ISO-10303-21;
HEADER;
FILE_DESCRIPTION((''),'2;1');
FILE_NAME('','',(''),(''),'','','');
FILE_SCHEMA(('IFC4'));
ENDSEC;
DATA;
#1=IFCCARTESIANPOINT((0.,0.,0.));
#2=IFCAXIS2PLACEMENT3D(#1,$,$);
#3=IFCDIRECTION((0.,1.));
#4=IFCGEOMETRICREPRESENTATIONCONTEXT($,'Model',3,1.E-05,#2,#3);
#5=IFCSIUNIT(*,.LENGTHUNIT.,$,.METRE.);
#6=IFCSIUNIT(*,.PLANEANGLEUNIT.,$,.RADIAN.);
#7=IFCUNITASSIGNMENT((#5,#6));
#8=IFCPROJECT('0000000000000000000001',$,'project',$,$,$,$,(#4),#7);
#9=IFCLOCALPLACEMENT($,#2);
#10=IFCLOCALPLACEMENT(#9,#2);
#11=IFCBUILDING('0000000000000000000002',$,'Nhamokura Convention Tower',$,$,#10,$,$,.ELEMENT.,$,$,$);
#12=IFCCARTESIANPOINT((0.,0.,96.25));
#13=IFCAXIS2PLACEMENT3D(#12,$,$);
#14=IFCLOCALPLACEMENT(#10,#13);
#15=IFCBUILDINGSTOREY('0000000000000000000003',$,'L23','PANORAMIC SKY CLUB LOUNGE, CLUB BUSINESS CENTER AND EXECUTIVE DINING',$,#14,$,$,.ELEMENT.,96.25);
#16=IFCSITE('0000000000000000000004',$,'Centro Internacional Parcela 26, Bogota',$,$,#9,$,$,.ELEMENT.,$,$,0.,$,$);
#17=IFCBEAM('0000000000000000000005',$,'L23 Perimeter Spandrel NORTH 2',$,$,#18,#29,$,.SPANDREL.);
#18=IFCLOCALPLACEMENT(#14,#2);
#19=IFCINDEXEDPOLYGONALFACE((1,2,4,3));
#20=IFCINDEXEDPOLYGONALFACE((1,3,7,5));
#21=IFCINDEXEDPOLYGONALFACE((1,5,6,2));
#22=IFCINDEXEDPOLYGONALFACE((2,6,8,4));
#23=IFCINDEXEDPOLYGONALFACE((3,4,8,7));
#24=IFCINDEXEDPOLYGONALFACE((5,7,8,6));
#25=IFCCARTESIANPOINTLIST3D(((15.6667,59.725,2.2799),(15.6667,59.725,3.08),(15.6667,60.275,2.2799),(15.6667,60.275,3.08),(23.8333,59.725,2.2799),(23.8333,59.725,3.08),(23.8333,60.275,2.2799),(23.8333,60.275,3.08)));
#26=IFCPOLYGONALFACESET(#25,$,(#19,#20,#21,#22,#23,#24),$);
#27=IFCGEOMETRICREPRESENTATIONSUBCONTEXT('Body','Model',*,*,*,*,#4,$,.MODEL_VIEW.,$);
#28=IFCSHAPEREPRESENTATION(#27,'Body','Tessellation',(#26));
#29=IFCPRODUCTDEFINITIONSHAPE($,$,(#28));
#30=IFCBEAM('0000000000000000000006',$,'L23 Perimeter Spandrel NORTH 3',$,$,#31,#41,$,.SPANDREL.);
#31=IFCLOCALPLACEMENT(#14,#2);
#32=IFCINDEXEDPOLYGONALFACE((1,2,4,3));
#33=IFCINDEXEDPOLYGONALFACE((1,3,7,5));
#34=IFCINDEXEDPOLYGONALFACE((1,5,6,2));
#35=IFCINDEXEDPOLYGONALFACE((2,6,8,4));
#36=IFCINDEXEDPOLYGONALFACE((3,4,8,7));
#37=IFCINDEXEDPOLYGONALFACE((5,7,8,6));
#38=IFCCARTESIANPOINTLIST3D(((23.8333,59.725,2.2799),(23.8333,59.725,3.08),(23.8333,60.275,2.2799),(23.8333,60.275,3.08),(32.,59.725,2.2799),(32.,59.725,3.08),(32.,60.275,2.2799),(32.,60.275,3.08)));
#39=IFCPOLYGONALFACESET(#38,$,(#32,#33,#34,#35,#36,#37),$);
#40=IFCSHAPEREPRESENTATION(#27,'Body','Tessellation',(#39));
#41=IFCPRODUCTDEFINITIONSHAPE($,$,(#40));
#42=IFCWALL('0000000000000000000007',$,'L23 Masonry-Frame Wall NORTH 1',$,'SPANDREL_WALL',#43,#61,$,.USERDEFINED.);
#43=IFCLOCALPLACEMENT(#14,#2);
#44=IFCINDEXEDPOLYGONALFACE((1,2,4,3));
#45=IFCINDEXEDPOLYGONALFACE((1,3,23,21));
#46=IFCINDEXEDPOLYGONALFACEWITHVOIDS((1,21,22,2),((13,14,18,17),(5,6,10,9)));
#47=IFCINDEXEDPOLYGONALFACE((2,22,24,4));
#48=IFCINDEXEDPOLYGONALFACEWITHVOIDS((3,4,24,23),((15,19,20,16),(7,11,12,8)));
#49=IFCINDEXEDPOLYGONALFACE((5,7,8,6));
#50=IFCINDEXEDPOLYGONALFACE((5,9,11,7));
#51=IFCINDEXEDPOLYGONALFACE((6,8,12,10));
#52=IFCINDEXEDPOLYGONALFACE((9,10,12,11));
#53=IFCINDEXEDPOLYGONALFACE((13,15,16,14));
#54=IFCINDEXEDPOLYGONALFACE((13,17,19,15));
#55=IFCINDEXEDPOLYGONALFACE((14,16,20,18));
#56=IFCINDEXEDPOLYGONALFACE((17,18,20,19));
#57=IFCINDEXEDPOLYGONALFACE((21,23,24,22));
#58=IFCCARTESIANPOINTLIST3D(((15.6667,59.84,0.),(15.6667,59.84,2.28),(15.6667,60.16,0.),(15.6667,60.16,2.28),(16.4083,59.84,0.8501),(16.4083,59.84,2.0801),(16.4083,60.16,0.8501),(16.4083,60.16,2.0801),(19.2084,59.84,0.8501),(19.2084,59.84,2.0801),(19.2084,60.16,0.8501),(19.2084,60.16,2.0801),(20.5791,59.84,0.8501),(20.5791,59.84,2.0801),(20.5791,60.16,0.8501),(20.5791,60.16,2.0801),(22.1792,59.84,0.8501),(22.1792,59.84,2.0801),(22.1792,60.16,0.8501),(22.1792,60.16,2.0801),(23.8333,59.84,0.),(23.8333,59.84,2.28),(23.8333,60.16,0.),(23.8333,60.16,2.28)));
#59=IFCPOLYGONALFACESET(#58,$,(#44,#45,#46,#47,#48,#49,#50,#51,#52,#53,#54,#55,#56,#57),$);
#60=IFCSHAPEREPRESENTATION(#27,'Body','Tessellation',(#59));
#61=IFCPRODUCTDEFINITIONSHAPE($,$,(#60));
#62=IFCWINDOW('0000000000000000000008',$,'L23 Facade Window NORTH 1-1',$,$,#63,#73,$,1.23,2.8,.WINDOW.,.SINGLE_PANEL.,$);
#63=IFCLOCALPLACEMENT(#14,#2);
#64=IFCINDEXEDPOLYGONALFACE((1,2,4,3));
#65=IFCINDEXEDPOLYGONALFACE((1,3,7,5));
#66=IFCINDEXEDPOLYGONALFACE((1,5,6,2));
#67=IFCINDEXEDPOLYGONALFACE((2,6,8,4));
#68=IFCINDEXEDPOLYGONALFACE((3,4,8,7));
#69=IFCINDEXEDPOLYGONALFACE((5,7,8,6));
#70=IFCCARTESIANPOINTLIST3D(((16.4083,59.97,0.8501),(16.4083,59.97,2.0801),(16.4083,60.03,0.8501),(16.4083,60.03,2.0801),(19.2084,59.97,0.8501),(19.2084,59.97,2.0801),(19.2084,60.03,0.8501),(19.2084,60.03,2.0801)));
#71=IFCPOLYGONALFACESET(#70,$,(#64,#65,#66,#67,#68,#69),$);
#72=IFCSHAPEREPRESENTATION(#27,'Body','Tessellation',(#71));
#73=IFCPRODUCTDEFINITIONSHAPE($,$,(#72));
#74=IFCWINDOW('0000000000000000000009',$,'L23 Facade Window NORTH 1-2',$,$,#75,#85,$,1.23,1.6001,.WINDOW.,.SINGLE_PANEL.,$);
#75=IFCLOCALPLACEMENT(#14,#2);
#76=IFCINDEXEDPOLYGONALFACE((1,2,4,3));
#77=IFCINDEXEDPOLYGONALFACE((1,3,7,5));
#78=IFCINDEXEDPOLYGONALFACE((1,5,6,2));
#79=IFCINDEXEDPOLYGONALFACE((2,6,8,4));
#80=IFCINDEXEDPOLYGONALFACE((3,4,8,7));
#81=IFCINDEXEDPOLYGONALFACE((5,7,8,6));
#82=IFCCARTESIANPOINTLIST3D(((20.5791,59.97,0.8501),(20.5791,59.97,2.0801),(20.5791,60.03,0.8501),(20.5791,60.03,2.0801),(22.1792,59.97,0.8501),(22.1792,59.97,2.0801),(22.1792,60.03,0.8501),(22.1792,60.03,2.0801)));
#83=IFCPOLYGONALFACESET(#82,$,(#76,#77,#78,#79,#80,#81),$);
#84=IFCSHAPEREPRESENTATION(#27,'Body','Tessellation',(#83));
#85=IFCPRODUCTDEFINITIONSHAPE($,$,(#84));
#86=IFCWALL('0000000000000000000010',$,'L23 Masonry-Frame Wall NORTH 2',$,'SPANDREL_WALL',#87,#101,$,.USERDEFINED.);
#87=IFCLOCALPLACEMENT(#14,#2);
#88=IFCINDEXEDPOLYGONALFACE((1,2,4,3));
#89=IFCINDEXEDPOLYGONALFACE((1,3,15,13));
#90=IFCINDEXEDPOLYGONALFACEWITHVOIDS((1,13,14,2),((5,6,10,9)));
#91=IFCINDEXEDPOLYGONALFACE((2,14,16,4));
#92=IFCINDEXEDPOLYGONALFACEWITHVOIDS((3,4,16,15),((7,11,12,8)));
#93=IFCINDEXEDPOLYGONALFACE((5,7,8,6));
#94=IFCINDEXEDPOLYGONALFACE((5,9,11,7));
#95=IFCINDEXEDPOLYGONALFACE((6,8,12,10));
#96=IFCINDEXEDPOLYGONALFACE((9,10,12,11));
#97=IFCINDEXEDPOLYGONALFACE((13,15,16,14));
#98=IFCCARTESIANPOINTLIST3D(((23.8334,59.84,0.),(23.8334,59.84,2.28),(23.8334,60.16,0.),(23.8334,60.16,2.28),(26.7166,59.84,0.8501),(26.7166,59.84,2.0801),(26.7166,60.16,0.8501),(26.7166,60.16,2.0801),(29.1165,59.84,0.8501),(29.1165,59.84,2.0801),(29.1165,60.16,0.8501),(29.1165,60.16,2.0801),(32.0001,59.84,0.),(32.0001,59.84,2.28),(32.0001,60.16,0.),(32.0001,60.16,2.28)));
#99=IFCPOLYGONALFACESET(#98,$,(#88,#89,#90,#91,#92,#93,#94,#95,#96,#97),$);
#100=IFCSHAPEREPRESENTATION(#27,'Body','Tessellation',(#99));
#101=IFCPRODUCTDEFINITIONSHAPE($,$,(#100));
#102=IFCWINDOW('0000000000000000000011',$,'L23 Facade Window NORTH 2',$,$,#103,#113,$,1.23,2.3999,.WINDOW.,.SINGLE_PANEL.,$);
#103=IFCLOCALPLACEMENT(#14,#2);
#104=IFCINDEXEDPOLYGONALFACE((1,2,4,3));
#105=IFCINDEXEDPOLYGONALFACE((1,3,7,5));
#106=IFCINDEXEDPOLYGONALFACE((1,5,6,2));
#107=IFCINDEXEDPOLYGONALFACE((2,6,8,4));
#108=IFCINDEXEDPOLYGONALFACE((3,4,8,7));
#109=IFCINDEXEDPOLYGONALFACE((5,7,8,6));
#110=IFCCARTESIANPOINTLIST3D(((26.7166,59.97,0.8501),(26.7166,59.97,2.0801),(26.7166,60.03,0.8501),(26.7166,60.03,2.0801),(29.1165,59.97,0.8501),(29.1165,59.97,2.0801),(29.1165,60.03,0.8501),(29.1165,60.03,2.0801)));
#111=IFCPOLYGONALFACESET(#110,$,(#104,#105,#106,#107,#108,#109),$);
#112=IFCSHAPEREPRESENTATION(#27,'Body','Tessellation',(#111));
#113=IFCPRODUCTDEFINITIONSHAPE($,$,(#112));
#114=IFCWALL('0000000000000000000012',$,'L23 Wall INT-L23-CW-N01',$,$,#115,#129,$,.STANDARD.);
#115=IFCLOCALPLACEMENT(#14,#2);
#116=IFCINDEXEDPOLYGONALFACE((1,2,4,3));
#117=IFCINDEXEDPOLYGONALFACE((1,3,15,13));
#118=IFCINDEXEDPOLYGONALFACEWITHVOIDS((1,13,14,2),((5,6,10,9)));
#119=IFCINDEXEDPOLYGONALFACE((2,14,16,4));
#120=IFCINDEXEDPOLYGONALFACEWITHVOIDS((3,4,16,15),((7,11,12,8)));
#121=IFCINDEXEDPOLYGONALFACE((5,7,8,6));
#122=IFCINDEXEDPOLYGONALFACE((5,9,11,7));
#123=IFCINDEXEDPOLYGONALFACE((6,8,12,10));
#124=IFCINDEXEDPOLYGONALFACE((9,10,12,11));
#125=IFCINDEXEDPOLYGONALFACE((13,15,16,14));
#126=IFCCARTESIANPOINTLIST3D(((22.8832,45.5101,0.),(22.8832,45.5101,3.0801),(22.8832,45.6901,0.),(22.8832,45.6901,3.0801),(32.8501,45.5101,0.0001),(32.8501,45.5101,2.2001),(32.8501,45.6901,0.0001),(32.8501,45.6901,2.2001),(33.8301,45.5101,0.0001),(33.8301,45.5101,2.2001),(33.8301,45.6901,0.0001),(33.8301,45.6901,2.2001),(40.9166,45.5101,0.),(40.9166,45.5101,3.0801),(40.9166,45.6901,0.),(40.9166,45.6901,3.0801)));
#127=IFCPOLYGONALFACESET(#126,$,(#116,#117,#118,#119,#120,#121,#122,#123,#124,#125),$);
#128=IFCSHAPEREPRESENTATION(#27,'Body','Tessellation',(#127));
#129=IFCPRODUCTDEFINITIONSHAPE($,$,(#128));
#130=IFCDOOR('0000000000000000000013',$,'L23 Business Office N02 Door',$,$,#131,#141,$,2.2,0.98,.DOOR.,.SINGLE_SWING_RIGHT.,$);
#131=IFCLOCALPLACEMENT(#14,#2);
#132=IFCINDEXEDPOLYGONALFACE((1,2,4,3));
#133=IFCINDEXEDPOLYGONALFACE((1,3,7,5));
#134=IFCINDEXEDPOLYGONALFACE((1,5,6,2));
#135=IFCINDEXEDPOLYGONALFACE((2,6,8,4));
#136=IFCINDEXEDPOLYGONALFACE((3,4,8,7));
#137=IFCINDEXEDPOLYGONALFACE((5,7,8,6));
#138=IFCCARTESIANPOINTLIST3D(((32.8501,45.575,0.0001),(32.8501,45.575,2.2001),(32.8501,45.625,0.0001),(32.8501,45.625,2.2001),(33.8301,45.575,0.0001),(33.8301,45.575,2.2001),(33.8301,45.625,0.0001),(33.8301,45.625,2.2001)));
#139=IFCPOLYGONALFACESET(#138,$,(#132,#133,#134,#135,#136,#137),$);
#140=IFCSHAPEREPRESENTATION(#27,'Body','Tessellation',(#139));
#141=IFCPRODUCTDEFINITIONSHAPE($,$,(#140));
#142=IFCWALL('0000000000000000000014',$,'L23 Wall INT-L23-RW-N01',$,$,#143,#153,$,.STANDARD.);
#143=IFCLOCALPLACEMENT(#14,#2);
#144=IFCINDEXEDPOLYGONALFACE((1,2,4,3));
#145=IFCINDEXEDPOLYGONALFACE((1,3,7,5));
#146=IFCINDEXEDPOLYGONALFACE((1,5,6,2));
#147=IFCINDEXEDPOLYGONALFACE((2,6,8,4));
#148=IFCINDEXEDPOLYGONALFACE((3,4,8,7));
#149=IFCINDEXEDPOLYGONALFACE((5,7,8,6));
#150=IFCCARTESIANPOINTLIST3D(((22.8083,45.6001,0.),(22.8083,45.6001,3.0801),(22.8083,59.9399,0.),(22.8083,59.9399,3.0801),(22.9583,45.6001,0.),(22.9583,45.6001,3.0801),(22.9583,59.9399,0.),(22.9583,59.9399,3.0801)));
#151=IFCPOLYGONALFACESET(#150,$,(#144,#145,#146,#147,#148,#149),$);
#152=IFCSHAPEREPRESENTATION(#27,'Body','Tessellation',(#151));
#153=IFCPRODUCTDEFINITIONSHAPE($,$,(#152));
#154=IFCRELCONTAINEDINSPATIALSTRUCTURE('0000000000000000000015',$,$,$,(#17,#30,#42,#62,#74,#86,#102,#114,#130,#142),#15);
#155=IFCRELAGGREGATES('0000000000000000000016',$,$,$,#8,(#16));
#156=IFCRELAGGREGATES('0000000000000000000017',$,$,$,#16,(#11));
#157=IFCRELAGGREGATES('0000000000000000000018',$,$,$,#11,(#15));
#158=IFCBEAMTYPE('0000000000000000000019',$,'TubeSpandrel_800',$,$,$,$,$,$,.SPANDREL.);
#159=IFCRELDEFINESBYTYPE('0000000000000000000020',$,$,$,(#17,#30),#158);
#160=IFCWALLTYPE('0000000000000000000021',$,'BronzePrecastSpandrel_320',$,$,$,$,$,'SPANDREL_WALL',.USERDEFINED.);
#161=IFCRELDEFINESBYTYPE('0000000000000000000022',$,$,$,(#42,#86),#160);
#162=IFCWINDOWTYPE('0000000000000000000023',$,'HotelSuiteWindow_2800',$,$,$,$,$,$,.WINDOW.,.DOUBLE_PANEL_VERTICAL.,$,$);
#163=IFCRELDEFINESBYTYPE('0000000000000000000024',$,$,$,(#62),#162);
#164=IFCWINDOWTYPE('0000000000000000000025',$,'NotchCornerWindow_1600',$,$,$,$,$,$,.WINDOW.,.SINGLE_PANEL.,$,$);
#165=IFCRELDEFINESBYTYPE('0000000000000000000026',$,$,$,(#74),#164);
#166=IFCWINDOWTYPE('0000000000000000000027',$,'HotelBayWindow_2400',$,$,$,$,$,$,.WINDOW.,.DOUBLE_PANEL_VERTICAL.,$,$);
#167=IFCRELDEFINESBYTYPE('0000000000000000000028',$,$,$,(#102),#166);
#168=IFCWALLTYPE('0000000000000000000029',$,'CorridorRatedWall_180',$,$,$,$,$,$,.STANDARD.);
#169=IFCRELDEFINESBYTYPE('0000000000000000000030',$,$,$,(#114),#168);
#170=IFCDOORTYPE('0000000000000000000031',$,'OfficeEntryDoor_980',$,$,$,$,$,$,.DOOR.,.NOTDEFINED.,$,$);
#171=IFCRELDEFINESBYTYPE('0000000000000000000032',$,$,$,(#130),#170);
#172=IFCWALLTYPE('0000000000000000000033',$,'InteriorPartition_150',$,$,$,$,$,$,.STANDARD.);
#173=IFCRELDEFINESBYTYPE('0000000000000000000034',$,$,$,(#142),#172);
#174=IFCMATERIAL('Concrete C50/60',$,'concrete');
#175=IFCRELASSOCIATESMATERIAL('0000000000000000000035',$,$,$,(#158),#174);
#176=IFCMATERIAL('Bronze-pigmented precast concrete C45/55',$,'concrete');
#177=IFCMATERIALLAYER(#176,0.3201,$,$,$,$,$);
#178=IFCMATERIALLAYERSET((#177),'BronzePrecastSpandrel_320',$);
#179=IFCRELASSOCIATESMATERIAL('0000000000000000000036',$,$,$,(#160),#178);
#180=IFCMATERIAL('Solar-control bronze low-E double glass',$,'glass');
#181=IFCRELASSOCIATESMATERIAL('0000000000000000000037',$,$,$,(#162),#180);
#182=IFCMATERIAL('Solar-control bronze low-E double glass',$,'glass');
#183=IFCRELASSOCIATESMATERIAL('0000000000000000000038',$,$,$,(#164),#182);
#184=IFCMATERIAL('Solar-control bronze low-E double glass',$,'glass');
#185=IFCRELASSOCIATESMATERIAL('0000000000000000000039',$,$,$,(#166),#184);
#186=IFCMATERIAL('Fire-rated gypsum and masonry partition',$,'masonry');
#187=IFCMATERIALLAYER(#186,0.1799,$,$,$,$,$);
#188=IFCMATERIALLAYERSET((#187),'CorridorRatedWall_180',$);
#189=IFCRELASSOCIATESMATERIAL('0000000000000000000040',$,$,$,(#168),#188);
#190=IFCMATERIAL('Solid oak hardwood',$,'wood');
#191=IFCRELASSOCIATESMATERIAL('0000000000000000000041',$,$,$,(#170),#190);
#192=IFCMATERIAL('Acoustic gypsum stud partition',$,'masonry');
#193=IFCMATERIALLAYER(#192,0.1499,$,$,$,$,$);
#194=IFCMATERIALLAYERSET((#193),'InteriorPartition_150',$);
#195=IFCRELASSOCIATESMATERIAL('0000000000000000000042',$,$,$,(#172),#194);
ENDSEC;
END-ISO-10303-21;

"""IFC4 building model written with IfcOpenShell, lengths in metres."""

from ifc_helpers import new_model, si_unit, direction, frame, frame_2d, origin, origin_2d, place, context, subcontext, project, spatial, rectangle, extrude, material, layer, layer_set, material_profile, profile_set, type_object, element, fill, save


model = new_model("IFC4")

# Units and contexts
model_context = context("Model", 3, precision=1e-05, world=origin(), true_north=direction((0.0, 1.0)))
body_context = subcontext(model_context, "Body", "Model", "MODEL_VIEW")
ifc_project = project(units=[si_unit("LENGTHUNIT", "METRE"), si_unit("PLANEANGLEUNIT", "RADIAN")], contexts=[model_context])

# Site, building, storey
site_placement = place(None, origin())
site = spatial("IfcSite", under=ifc_project, at=site_placement, Name="Centro Internacional Parcela 26, Bogota", CompositionType="ELEMENT", RefElevation=0.0)
building_placement = place(site_placement, origin())
building = spatial("IfcBuilding", under=site, at=building_placement, Name="Nhamokura Convention Tower", CompositionType="ELEMENT")
storey_placement = place(building_placement, frame((0.0, 0.0, 96.25)))
storey = spatial("IfcBuildingStorey", under=building, at=storey_placement, Name="L23", Description="PANORAMIC SKY CLUB LOUNGE, CLUB BUSINESS CENTER AND EXECUTIVE DINING", CompositionType="ELEMENT", Elevation=96.25)

# Beams
ifc_material_1 = material(Name="Concrete C50/60", Category="concrete")
ifc_material_profile_1 = material_profile(ifc_material_1, rectangle(XDim=0.55, YDim=0.8, at=origin_2d()))
ifc_profile_set_1 = profile_set([ifc_material_profile_1], Name="Concrete C50/60")
beam_type_1 = type_object("IfcBeamType", Name="TubeSpandrel_800", PredefinedType="SPANDREL", material=ifc_profile_set_1)
beam_1_placement = place(storey_placement, frame((15.6667, 60.0, 2.6799), z_axis=(1.0, 0.0, 0.0), x_axis=(0.0, 1.0, 0.0)))
element("IfcBeam", 1, at=beam_1_placement, inside=storey, type_object=beam_type_1, Name="L23 Perimeter Spandrel NORTH 2", PredefinedType="SPANDREL", context=body_context, shape_type="SweptSolid", body=[
    extrude(rectangle(XDim=0.55, YDim=0.8, at=origin_2d()), origin(), (0.0, 0.0, 1.0), 8.1665),
])
beam_2_placement = place(storey_placement, frame((23.8333, 60.0, 2.6799), z_axis=(1.0, 0.0, 0.0), x_axis=(0.0, 1.0, 0.0)))
element("IfcBeam", 2, at=beam_2_placement, inside=storey, type_object=beam_type_1, Name="L23 Perimeter Spandrel NORTH 3", PredefinedType="SPANDREL", context=body_context, shape_type="SweptSolid", body=[
    extrude(rectangle(XDim=0.55, YDim=0.8, at=origin_2d()), origin(), (0.0, 0.0, 1.0), 8.1667),
])

# Wall, openings, windows
ifc_material_2 = material(Name="Bronze-pigmented precast concrete C45/55", Category="concrete")
ifc_layer_1 = layer(ifc_material_2, 0.3201)
ifc_layer_set_1 = layer_set([ifc_layer_1], Name="BronzePrecastSpandrel_320")
wall_type_1 = type_object("IfcWallType", Name="BronzePrecastSpandrel_320", ElementType="SPANDREL_WALL", PredefinedType="USERDEFINED", material=ifc_layer_set_1)
wall_1_placement = place(storey_placement, frame((15.6667, 60.0, 0.0), z_axis=(0.0, 0.0, 1.0), x_axis=(1.0, 0.0, 0.0)))
wall_1 = element("IfcWall", 3, at=wall_1_placement, inside=storey, type_object=wall_type_1, Name="L23 Masonry-Frame Wall NORTH 1", ObjectType="SPANDREL_WALL", PredefinedType="USERDEFINED", context=body_context, shape_type="SweptSolid", body=[
    extrude(rectangle(XDim=8.1665, YDim=0.3201, at=frame_2d((4.0833, 0.0))), origin(), (0.0, 0.0, 1.0), 2.28),
])
opening_1_placement = place(wall_1_placement, frame((0.7417, 0.0, 0.8501)))
opening_1 = element("IfcOpeningElement", 4, at=opening_1_placement, cuts=wall_1, PredefinedType="OPENING", context=body_context, shape_type="SweptSolid", body=[
    extrude(rectangle(XDim=2.8, YDim=1.23, at=frame_2d((1.3999, 0.615))), frame((0.0, 0.1699, 0.0), z_axis=(0.0, -1.0, 0.0), x_axis=(1.0, 0.0, 0.0)), (0.0, 0.0, 1.0), 0.3401),
])
opening_2_placement = place(wall_1_placement, frame((4.9124, 0.0, 0.8501)))
opening_2 = element("IfcOpeningElement", 5, at=opening_2_placement, cuts=wall_1, PredefinedType="OPENING", context=body_context, shape_type="SweptSolid", body=[
    extrude(rectangle(XDim=1.6001, YDim=1.23, at=frame_2d((0.8, 0.615))), frame((0.0, 0.1699, 0.0), z_axis=(0.0, -1.0, 0.0), x_axis=(1.0, 0.0, 0.0)), (0.0, 0.0, 1.0), 0.3401),
])
ifc_material_3 = material(Name="Solar-control bronze low-E double glass", Category="glass")
window_type_1 = type_object("IfcWindowType", Name="HotelSuiteWindow_2800", PartitioningType="DOUBLE_PANEL_VERTICAL", PredefinedType="WINDOW", material=ifc_material_3)
window_1_placement = place(opening_1_placement, origin())
window_1 = element("IfcWindow", 6, at=window_1_placement, inside=storey, type_object=window_type_1, Name="L23 Facade Window NORTH 1-1", OverallHeight=1.23, OverallWidth=2.8, PartitioningType="SINGLE_PANEL", PredefinedType="WINDOW", context=body_context, shape_type="SweptSolid", body=[
    extrude(rectangle(XDim=2.8, YDim=1.23, at=frame_2d((1.3999, 0.615))), frame((0.0, 0.03, 0.0), z_axis=(0.0, -1.0, 0.0), x_axis=(1.0, 0.0, 0.0)), (0.0, 0.0, 1.0), 0.0601),
])
fill(opening_1, window_1)
ifc_material_4 = material(Name="Solar-control bronze low-E double glass", Category="glass")
window_type_2 = type_object("IfcWindowType", Name="NotchCornerWindow_1600", PartitioningType="SINGLE_PANEL", PredefinedType="WINDOW", material=ifc_material_4)
window_2_placement = place(opening_2_placement, origin())
window_2 = element("IfcWindow", 7, at=window_2_placement, inside=storey, type_object=window_type_2, Name="L23 Facade Window NORTH 1-2", OverallHeight=1.23, OverallWidth=1.6001, PartitioningType="SINGLE_PANEL", PredefinedType="WINDOW", context=body_context, shape_type="SweptSolid", body=[
    extrude(rectangle(XDim=1.6001, YDim=1.23, at=frame_2d((0.8, 0.615))), frame((0.0, 0.03, 0.0), z_axis=(0.0, -1.0, 0.0), x_axis=(1.0, 0.0, 0.0)), (0.0, 0.0, 1.0), 0.0601),
])
fill(opening_2, window_2)

# Wall, opening, window
wall_2_placement = place(storey_placement, frame((23.8333, 60.0, 0.0), z_axis=(0.0, 0.0, 1.0), x_axis=(1.0, 0.0, 0.0)))
wall_2 = element("IfcWall", 8, at=wall_2_placement, inside=storey, type_object=wall_type_1, Name="L23 Masonry-Frame Wall NORTH 2", ObjectType="SPANDREL_WALL", PredefinedType="USERDEFINED", context=body_context, shape_type="SweptSolid", body=[
    extrude(rectangle(XDim=8.1667, YDim=0.3201, at=frame_2d((4.0835, 0.0))), origin(), (0.0, 0.0, 1.0), 2.28),
])
opening_3_placement = place(wall_2_placement, frame((2.8833, 0.0, 0.8501)))
opening_3 = element("IfcOpeningElement", 9, at=opening_3_placement, cuts=wall_2, PredefinedType="OPENING", context=body_context, shape_type="SweptSolid", body=[
    extrude(rectangle(XDim=2.3999, YDim=1.23, at=frame_2d((1.2, 0.615))), frame((0.0, 0.1699, 0.0), z_axis=(0.0, -1.0, 0.0), x_axis=(1.0, 0.0, 0.0)), (0.0, 0.0, 1.0), 0.3401),
])
ifc_material_5 = material(Name="Solar-control bronze low-E double glass", Category="glass")
window_type_3 = type_object("IfcWindowType", Name="HotelBayWindow_2400", PartitioningType="DOUBLE_PANEL_VERTICAL", PredefinedType="WINDOW", material=ifc_material_5)
window_3_placement = place(opening_3_placement, origin())
window_3 = element("IfcWindow", 10, at=window_3_placement, inside=storey, type_object=window_type_3, Name="L23 Facade Window NORTH 2", OverallHeight=1.23, OverallWidth=2.3999, PartitioningType="SINGLE_PANEL", PredefinedType="WINDOW", context=body_context, shape_type="SweptSolid", body=[
    extrude(rectangle(XDim=2.3999, YDim=1.23, at=frame_2d((1.2, 0.615))), frame((0.0, 0.03, 0.0), z_axis=(0.0, -1.0, 0.0), x_axis=(1.0, 0.0, 0.0)), (0.0, 0.0, 1.0), 0.0601),
])
fill(opening_3, window_3)

# Wall, opening, door
ifc_material_6 = material(Name="Fire-rated gypsum and masonry partition", Category="masonry")
ifc_layer_2 = layer(ifc_material_6, 0.1799)
ifc_layer_set_2 = layer_set([ifc_layer_2], Name="CorridorRatedWall_180")
wall_type_2 = type_object("IfcWallType", Name="CorridorRatedWall_180", PredefinedType="STANDARD", material=ifc_layer_set_2)
wall_3_placement = place(storey_placement, frame((22.8833, 45.6001, 0.0), z_axis=(0.0, 0.0, 1.0), x_axis=(1.0, 0.0, 0.0)))
wall_3 = element("IfcWall", 11, at=wall_3_placement, inside=storey, type_object=wall_type_2, Name="L23 Wall INT-L23-CW-N01", PredefinedType="STANDARD", context=body_context, shape_type="SweptSolid", body=[
    extrude(rectangle(XDim=18.0334, YDim=0.1799, at=frame_2d((9.0166, 0.0))), origin(), (0.0, 0.0, 1.0), 3.0801),
])
opening_4_placement = place(wall_3_placement, frame((9.9668, 0.0, 0.0)))
opening_4 = element("IfcOpeningElement", 12, at=opening_4_placement, cuts=wall_3, PredefinedType="OPENING", context=body_context, shape_type="SweptSolid", body=[
    extrude(rectangle(XDim=0.98, YDim=2.2, at=frame_2d((0.49, 1.1001))), frame((0.0, 0.0999, 0.0), z_axis=(0.0, -1.0, 0.0), x_axis=(1.0, 0.0, 0.0)), (0.0, 0.0, 1.0), 0.2),
])
ifc_material_7 = material(Name="Solid oak hardwood", Category="wood")
door_type = type_object("IfcDoorType", Name="OfficeEntryDoor_980", OperationType="NOTDEFINED", PredefinedType="DOOR", material=ifc_material_7)
door_placement = place(opening_4_placement, origin())
door = element("IfcDoor", 13, at=door_placement, inside=storey, type_object=door_type, Name="L23 Business Office N02 Door", OperationType="SINGLE_SWING_RIGHT", OverallHeight=2.2, OverallWidth=0.98, PredefinedType="DOOR", context=body_context, shape_type="SweptSolid", body=[
    extrude(rectangle(XDim=0.98, YDim=2.2, at=frame_2d((0.49, 1.1001))), frame((0.0, 0.0249, 0.0), z_axis=(0.0, -1.0, 0.0), x_axis=(1.0, 0.0, 0.0)), (0.0, 0.0, 1.0), 0.05),
])
fill(opening_4, door)

# Wall
ifc_material_8 = material(Name="Acoustic gypsum stud partition", Category="masonry")
ifc_layer_3 = layer(ifc_material_8, 0.1499)
ifc_layer_set_3 = layer_set([ifc_layer_3], Name="InteriorPartition_150")
wall_type_3 = type_object("IfcWallType", Name="InteriorPartition_150", PredefinedType="STANDARD", material=ifc_layer_set_3)
wall_4_placement = place(storey_placement, frame((22.8833, 45.6001, 0.0), z_axis=(0.0, 0.0, 1.0), x_axis=(0.0, 1.0, 0.0)))
element("IfcWall", 14, at=wall_4_placement, inside=storey, type_object=wall_type_3, Name="L23 Wall INT-L23-RW-N01", PredefinedType="STANDARD", context=body_context, shape_type="SweptSolid", body=[
    extrude(rectangle(XDim=14.3398, YDim=0.1499, at=frame_2d((7.1699, 0.0))), origin(), (0.0, 0.0, 1.0), 3.0801),
])

save(model, "model.ifc")
